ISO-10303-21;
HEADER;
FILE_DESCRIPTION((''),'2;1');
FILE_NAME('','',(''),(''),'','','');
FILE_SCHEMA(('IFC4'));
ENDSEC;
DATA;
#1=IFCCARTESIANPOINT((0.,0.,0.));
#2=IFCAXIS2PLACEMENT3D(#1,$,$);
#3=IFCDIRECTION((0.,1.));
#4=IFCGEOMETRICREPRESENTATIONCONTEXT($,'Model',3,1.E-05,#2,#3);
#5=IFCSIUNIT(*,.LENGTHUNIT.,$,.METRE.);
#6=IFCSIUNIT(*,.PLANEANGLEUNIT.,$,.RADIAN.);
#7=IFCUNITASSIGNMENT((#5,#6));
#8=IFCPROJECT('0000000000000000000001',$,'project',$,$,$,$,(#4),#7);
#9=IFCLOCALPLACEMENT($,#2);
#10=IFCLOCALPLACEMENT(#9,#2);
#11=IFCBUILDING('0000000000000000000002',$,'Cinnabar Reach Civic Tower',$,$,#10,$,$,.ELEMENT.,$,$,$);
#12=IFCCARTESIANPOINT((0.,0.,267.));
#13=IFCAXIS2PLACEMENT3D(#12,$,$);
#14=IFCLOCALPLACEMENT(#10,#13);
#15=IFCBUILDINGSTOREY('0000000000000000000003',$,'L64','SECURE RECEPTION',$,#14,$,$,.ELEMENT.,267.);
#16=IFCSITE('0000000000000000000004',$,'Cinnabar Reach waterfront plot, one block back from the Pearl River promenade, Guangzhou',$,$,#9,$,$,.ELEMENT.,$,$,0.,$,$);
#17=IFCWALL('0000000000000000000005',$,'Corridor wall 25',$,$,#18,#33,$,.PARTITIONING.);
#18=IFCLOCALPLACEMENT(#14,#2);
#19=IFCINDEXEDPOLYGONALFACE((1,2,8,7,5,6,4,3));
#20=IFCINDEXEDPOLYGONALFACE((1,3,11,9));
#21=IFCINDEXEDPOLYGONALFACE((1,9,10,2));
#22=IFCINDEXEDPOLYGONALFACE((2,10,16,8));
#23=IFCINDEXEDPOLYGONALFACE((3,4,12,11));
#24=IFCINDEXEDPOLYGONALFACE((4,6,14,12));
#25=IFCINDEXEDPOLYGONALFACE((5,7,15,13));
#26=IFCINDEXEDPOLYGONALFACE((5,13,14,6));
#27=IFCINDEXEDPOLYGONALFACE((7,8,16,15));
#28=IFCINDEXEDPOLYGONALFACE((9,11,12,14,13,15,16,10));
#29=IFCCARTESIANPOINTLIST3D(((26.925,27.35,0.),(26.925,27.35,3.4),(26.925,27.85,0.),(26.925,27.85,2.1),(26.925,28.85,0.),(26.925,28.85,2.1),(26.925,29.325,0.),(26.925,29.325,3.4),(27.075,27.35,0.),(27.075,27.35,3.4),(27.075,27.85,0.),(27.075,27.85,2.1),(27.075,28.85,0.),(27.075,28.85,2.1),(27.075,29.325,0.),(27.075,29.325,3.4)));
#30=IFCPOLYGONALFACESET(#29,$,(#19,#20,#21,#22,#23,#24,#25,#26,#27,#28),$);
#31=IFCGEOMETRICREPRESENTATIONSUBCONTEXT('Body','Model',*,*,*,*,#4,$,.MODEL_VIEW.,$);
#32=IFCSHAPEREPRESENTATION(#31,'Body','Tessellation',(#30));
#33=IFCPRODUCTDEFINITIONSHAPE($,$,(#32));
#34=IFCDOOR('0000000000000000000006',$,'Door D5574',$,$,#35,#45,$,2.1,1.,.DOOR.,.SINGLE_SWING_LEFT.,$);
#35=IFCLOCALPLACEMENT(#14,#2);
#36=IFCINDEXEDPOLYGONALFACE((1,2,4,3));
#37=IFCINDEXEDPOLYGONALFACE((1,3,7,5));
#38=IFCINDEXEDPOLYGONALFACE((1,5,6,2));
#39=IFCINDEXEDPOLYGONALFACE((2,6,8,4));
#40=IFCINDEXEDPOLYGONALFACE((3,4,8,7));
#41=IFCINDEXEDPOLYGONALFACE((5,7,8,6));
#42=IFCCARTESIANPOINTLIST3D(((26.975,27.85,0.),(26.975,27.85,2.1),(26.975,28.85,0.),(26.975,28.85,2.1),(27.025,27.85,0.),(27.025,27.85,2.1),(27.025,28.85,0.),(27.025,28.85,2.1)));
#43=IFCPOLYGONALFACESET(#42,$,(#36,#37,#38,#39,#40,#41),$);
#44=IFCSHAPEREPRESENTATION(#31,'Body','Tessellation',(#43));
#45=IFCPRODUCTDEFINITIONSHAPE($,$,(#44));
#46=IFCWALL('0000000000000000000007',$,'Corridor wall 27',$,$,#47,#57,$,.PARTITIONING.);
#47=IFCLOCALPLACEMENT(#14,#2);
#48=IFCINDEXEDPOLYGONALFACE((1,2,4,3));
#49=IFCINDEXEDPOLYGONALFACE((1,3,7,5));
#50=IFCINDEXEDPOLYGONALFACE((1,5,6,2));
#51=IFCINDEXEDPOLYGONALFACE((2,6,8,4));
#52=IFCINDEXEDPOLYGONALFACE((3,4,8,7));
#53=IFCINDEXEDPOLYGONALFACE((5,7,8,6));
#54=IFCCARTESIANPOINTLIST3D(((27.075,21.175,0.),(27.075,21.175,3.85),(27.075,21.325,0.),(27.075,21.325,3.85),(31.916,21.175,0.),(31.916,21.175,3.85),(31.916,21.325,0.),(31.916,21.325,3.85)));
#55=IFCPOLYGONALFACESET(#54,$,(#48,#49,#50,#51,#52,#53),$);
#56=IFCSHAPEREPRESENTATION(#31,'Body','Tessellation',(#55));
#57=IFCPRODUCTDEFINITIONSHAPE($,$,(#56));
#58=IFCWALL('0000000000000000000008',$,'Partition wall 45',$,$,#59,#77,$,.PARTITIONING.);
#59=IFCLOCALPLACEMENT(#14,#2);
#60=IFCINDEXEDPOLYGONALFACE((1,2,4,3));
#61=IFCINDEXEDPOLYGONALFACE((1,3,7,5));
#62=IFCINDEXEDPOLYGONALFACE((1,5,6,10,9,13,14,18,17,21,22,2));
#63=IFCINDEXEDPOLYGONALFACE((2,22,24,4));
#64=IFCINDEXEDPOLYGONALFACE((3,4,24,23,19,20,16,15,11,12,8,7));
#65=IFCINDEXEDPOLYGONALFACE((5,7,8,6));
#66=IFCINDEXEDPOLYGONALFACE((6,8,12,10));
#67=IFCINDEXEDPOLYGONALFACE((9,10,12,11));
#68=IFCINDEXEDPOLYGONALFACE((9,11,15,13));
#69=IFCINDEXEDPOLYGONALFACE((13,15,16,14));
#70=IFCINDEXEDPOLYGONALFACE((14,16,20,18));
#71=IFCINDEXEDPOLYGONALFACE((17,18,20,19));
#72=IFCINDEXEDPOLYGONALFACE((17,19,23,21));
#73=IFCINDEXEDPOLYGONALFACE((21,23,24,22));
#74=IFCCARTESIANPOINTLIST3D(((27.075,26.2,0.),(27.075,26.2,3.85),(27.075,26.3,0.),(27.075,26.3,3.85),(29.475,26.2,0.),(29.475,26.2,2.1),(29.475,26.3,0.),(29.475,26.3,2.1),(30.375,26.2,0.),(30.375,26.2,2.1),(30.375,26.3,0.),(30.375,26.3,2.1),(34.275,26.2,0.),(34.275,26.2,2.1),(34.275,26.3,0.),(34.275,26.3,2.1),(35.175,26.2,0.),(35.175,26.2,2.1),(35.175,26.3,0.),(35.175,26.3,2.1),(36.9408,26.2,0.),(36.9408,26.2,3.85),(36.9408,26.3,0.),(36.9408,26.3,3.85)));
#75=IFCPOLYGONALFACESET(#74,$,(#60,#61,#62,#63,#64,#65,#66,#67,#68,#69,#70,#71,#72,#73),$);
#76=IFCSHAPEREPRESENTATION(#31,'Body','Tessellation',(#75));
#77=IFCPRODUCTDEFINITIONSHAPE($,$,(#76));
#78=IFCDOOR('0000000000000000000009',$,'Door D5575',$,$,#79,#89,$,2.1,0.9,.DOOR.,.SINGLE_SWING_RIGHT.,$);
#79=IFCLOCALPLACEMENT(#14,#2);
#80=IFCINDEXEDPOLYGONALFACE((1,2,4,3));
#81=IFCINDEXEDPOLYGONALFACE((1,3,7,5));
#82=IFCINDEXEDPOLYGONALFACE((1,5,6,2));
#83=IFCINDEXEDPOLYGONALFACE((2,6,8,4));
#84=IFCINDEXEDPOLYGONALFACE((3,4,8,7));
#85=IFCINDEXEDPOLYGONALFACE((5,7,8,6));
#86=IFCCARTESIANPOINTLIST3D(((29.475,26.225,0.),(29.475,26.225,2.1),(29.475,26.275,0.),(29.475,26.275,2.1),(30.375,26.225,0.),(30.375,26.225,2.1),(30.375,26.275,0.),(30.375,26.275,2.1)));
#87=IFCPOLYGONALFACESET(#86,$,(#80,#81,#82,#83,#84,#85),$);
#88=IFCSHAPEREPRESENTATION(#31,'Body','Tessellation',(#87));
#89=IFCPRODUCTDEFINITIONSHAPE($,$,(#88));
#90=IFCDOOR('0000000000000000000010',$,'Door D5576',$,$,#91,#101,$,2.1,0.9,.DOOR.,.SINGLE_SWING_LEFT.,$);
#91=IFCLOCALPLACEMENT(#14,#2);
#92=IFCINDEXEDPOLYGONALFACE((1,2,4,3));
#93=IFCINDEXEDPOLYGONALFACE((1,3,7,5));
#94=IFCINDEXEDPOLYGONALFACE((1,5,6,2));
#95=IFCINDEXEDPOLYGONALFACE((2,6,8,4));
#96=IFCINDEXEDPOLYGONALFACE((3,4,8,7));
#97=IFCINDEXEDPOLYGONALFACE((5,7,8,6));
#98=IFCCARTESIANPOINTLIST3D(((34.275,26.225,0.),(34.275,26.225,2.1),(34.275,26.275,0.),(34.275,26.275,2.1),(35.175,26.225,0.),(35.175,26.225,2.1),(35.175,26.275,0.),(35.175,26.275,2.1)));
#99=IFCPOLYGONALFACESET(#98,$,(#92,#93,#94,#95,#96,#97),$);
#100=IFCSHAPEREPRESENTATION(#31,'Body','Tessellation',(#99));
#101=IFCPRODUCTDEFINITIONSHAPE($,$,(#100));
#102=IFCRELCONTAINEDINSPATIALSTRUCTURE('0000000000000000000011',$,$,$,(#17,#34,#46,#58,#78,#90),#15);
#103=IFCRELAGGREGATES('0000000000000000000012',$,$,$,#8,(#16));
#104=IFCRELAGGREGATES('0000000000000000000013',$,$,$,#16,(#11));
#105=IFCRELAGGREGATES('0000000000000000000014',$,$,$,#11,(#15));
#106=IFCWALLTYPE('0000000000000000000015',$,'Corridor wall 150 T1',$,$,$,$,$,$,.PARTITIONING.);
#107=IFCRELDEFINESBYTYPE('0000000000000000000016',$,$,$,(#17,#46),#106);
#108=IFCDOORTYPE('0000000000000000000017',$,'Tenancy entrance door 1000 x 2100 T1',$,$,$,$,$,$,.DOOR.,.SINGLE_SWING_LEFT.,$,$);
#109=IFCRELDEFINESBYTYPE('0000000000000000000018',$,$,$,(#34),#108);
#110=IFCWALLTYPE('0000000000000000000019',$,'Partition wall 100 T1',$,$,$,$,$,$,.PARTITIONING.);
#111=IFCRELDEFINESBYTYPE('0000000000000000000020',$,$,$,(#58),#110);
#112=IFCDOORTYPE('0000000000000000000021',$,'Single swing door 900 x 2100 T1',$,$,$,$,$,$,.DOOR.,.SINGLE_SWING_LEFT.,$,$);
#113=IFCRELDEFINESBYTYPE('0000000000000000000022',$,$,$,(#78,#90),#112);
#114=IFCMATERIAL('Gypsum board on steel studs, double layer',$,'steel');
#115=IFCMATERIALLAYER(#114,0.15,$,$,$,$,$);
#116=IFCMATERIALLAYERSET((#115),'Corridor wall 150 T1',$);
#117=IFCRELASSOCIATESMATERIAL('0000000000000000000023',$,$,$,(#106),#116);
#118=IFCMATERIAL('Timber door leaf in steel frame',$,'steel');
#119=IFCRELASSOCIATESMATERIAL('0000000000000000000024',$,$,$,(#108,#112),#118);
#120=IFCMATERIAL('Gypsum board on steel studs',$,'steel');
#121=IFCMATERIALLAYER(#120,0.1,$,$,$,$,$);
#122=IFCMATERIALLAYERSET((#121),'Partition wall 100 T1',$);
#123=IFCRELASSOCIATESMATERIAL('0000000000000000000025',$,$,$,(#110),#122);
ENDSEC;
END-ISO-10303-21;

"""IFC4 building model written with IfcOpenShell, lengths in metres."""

from ifc_helpers import new_model, si_unit, direction, frame, frame_2d, origin, place, context, subcontext, project, spatial, rectangle, extrude, material, layer, layer_set, type_object, element, fill, save


model = new_model("IFC4")

# Units and contexts
model_context = context("Model", 3, precision=1e-05, world=origin(), true_north=direction((0.0, 1.0)))
body_context = subcontext(model_context, "Body", "Model", "MODEL_VIEW")
ifc_project = project(units=[si_unit("LENGTHUNIT", "METRE"), si_unit("PLANEANGLEUNIT", "RADIAN")], contexts=[model_context])

# Site, building, storey
site_placement = place(None, origin())
site = spatial("IfcSite", under=ifc_project, at=site_placement, Name="Cinnabar Reach waterfront plot, one block back from the Pearl River promenade, Guangzhou", CompositionType="ELEMENT", RefElevation=0.0)
building_placement = place(site_placement, origin())
building = spatial("IfcBuilding", under=site, at=building_placement, Name="Cinnabar Reach Civic Tower", CompositionType="ELEMENT")
storey_placement = place(building_placement, frame((0.0, 0.0, 267.0)))
storey = spatial("IfcBuildingStorey", under=building, at=storey_placement, Name="L64", Description="SECURE RECEPTION", CompositionType="ELEMENT", Elevation=267.0)

# Shared definitions
ifc_material_1 = material(Name="Timber door leaf in steel frame", Category="steel")

# Shared definitions
ifc_material_2 = material(Name="Gypsum board on steel studs, double layer", Category="steel")
ifc_layer_1 = layer(ifc_material_2, 0.15)
ifc_layer_set_1 = layer_set([ifc_layer_1], Name="Corridor wall 150 T1")
wall_type_1 = type_object("IfcWallType", Name="Corridor wall 150 T1", PredefinedType="PARTITIONING", material=ifc_layer_set_1)

# Wall, opening, door
wall_1_placement = place(storey_placement, frame((27.0, 27.35, 0.0), z_axis=(0.0, 0.0, 1.0), x_axis=(0.0, 1.0, 0.0)))
wall_1 = element("IfcWall", 1, at=wall_1_placement, inside=storey, type_object=wall_type_1, Name="Corridor wall 25", PredefinedType="PARTITIONING", context=body_context, shape_type="SweptSolid", body=[
    extrude(rectangle(XDim=1.975, YDim=0.15, at=frame_2d((0.9875, 0.0))), origin(), (0.0, 0.0, 1.0), 3.4),
])
opening_1_placement = place(wall_1_placement, frame((0.5, 0.0, 0.0)))
opening_1 = element("IfcOpeningElement", 2, at=opening_1_placement, cuts=wall_1, PredefinedType="OPENING", context=body_context, shape_type="SweptSolid", body=[
    extrude(rectangle(XDim=1.0, YDim=2.1, at=frame_2d((0.5, 1.05))), frame((0.0, 0.085, 0.0), z_axis=(0.0, -1.0, 0.0), x_axis=(1.0, 0.0, 0.0)), (0.0, 0.0, 1.0), 0.17),
])
door_type_1 = type_object("IfcDoorType", Name="Tenancy entrance door 1000 x 2100 T1", OperationType="SINGLE_SWING_LEFT", PredefinedType="DOOR", material=ifc_material_1)
door_1_placement = place(opening_1_placement, frame((1.0, 0.0, 0.0), z_axis=(0.0, 0.0, 1.0), x_axis=(-1.0, 0.0, 0.0)))
door_1 = element("IfcDoor", 3, at=door_1_placement, inside=storey, type_object=door_type_1, Name="Door D5574", OperationType="SINGLE_SWING_LEFT", OverallHeight=2.1, OverallWidth=1.0, PredefinedType="DOOR", context=body_context, shape_type="SweptSolid", body=[
    extrude(rectangle(XDim=1.0, YDim=2.1, at=frame_2d((0.5, 1.05))), frame((0.0, 0.025, 0.0), z_axis=(0.0, -1.0, 0.0), x_axis=(1.0, 0.0, 0.0)), (0.0, 0.0, 1.0), 0.05),
])
fill(opening_1, door_1)

# Wall
wall_2_placement = place(storey_placement, frame((27.075, 21.25, 0.0), z_axis=(0.0, 0.0, 1.0), x_axis=(1.0, 0.0, 0.0)))
element("IfcWall", 4, at=wall_2_placement, inside=storey, type_object=wall_type_1, Name="Corridor wall 27", PredefinedType="PARTITIONING", context=body_context, shape_type="SweptSolid", body=[
    extrude(rectangle(XDim=4.841, YDim=0.15, at=frame_2d((2.4205, 0.0))), origin(), (0.0, 0.0, 1.0), 3.85),
])

# Wall, openings, doors
ifc_material_3 = material(Name="Gypsum board on steel studs", Category="steel")
ifc_layer_2 = layer(ifc_material_3, 0.1)
ifc_layer_set_2 = layer_set([ifc_layer_2], Name="Partition wall 100 T1")
wall_type_2 = type_object("IfcWallType", Name="Partition wall 100 T1", PredefinedType="PARTITIONING", material=ifc_layer_set_2)
wall_3_placement = place(storey_placement, frame((27.075, 26.25, 0.0), z_axis=(0.0, 0.0, 1.0), x_axis=(1.0, 0.0, 0.0)))
wall_3 = element("IfcWall", 5, at=wall_3_placement, inside=storey, type_object=wall_type_2, Name="Partition wall 45", PredefinedType="PARTITIONING", context=body_context, shape_type="SweptSolid", body=[
    extrude(rectangle(XDim=9.8659, YDim=0.1, at=frame_2d((4.9329, 0.0))), origin(), (0.0, 0.0, 1.0), 3.85),
])
opening_2_placement = place(wall_3_placement, frame((2.4, 0.0, 0.0)))
opening_2 = element("IfcOpeningElement", 6, at=opening_2_placement, cuts=wall_3, PredefinedType="OPENING", context=body_context, shape_type="SweptSolid", body=[
    extrude(rectangle(XDim=0.9, YDim=2.1, at=frame_2d((0.45, 1.05))), frame((0.0, 0.06, 0.0), z_axis=(0.0, -1.0, 0.0), x_axis=(1.0, 0.0, 0.0)), (0.0, 0.0, 1.0), 0.12),
])
opening_3_placement = place(wall_3_placement, frame((7.2, 0.0, 0.0)))
opening_3 = element("IfcOpeningElement", 7, at=opening_3_placement, cuts=wall_3, PredefinedType="OPENING", context=body_context, shape_type="SweptSolid", body=[
    extrude(rectangle(XDim=0.9, YDim=2.1, at=frame_2d((0.45, 1.05))), frame((0.0, 0.06, 0.0), z_axis=(0.0, -1.0, 0.0), x_axis=(1.0, 0.0, 0.0)), (0.0, 0.0, 1.0), 0.12),
])
door_type_2 = type_object("IfcDoorType", Name="Single swing door 900 x 2100 T1", OperationType="SINGLE_SWING_LEFT", PredefinedType="DOOR", material=ifc_material_1)
door_2_placement = place(opening_2_placement, frame((0.9, 0.0, 0.0), z_axis=(0.0, 0.0, 1.0), x_axis=(-1.0, 0.0, 0.0)))
door_2 = element("IfcDoor", 8, at=door_2_placement, inside=storey, type_object=door_type_2, Name="Door D5575", OperationType="SINGLE_SWING_RIGHT", OverallHeight=2.1, OverallWidth=0.9, PredefinedType="DOOR", context=body_context, shape_type="SweptSolid", body=[
    extrude(rectangle(XDim=0.9, YDim=2.1, at=frame_2d((0.45, 1.05))), frame((0.0, 0.025, 0.0), z_axis=(0.0, -1.0, 0.0), x_axis=(1.0, 0.0, 0.0)), (0.0, 0.0, 1.0), 0.05),
])
fill(opening_2, door_2)
door_3_placement = place(opening_3_placement, frame((0.9, 0.0, 0.0), z_axis=(0.0, 0.0, 1.0), x_axis=(-1.0, 0.0, 0.0)))
door_3 = element("IfcDoor", 9, at=door_3_placement, inside=storey, type_object=door_type_2, Name="Door D5576", OperationType="SINGLE_SWING_LEFT", OverallHeight=2.1, OverallWidth=0.9, PredefinedType="DOOR", context=body_context, shape_type="SweptSolid", body=[
    extrude(rectangle(XDim=0.9, YDim=2.1, at=frame_2d((0.45, 1.05))), frame((0.0, 0.025, 0.0), z_axis=(0.0, -1.0, 0.0), x_axis=(1.0, 0.0, 0.0)), (0.0, 0.0, 1.0), 0.05),
])
fill(opening_3, door_3)

save(model, "model.ifc")
